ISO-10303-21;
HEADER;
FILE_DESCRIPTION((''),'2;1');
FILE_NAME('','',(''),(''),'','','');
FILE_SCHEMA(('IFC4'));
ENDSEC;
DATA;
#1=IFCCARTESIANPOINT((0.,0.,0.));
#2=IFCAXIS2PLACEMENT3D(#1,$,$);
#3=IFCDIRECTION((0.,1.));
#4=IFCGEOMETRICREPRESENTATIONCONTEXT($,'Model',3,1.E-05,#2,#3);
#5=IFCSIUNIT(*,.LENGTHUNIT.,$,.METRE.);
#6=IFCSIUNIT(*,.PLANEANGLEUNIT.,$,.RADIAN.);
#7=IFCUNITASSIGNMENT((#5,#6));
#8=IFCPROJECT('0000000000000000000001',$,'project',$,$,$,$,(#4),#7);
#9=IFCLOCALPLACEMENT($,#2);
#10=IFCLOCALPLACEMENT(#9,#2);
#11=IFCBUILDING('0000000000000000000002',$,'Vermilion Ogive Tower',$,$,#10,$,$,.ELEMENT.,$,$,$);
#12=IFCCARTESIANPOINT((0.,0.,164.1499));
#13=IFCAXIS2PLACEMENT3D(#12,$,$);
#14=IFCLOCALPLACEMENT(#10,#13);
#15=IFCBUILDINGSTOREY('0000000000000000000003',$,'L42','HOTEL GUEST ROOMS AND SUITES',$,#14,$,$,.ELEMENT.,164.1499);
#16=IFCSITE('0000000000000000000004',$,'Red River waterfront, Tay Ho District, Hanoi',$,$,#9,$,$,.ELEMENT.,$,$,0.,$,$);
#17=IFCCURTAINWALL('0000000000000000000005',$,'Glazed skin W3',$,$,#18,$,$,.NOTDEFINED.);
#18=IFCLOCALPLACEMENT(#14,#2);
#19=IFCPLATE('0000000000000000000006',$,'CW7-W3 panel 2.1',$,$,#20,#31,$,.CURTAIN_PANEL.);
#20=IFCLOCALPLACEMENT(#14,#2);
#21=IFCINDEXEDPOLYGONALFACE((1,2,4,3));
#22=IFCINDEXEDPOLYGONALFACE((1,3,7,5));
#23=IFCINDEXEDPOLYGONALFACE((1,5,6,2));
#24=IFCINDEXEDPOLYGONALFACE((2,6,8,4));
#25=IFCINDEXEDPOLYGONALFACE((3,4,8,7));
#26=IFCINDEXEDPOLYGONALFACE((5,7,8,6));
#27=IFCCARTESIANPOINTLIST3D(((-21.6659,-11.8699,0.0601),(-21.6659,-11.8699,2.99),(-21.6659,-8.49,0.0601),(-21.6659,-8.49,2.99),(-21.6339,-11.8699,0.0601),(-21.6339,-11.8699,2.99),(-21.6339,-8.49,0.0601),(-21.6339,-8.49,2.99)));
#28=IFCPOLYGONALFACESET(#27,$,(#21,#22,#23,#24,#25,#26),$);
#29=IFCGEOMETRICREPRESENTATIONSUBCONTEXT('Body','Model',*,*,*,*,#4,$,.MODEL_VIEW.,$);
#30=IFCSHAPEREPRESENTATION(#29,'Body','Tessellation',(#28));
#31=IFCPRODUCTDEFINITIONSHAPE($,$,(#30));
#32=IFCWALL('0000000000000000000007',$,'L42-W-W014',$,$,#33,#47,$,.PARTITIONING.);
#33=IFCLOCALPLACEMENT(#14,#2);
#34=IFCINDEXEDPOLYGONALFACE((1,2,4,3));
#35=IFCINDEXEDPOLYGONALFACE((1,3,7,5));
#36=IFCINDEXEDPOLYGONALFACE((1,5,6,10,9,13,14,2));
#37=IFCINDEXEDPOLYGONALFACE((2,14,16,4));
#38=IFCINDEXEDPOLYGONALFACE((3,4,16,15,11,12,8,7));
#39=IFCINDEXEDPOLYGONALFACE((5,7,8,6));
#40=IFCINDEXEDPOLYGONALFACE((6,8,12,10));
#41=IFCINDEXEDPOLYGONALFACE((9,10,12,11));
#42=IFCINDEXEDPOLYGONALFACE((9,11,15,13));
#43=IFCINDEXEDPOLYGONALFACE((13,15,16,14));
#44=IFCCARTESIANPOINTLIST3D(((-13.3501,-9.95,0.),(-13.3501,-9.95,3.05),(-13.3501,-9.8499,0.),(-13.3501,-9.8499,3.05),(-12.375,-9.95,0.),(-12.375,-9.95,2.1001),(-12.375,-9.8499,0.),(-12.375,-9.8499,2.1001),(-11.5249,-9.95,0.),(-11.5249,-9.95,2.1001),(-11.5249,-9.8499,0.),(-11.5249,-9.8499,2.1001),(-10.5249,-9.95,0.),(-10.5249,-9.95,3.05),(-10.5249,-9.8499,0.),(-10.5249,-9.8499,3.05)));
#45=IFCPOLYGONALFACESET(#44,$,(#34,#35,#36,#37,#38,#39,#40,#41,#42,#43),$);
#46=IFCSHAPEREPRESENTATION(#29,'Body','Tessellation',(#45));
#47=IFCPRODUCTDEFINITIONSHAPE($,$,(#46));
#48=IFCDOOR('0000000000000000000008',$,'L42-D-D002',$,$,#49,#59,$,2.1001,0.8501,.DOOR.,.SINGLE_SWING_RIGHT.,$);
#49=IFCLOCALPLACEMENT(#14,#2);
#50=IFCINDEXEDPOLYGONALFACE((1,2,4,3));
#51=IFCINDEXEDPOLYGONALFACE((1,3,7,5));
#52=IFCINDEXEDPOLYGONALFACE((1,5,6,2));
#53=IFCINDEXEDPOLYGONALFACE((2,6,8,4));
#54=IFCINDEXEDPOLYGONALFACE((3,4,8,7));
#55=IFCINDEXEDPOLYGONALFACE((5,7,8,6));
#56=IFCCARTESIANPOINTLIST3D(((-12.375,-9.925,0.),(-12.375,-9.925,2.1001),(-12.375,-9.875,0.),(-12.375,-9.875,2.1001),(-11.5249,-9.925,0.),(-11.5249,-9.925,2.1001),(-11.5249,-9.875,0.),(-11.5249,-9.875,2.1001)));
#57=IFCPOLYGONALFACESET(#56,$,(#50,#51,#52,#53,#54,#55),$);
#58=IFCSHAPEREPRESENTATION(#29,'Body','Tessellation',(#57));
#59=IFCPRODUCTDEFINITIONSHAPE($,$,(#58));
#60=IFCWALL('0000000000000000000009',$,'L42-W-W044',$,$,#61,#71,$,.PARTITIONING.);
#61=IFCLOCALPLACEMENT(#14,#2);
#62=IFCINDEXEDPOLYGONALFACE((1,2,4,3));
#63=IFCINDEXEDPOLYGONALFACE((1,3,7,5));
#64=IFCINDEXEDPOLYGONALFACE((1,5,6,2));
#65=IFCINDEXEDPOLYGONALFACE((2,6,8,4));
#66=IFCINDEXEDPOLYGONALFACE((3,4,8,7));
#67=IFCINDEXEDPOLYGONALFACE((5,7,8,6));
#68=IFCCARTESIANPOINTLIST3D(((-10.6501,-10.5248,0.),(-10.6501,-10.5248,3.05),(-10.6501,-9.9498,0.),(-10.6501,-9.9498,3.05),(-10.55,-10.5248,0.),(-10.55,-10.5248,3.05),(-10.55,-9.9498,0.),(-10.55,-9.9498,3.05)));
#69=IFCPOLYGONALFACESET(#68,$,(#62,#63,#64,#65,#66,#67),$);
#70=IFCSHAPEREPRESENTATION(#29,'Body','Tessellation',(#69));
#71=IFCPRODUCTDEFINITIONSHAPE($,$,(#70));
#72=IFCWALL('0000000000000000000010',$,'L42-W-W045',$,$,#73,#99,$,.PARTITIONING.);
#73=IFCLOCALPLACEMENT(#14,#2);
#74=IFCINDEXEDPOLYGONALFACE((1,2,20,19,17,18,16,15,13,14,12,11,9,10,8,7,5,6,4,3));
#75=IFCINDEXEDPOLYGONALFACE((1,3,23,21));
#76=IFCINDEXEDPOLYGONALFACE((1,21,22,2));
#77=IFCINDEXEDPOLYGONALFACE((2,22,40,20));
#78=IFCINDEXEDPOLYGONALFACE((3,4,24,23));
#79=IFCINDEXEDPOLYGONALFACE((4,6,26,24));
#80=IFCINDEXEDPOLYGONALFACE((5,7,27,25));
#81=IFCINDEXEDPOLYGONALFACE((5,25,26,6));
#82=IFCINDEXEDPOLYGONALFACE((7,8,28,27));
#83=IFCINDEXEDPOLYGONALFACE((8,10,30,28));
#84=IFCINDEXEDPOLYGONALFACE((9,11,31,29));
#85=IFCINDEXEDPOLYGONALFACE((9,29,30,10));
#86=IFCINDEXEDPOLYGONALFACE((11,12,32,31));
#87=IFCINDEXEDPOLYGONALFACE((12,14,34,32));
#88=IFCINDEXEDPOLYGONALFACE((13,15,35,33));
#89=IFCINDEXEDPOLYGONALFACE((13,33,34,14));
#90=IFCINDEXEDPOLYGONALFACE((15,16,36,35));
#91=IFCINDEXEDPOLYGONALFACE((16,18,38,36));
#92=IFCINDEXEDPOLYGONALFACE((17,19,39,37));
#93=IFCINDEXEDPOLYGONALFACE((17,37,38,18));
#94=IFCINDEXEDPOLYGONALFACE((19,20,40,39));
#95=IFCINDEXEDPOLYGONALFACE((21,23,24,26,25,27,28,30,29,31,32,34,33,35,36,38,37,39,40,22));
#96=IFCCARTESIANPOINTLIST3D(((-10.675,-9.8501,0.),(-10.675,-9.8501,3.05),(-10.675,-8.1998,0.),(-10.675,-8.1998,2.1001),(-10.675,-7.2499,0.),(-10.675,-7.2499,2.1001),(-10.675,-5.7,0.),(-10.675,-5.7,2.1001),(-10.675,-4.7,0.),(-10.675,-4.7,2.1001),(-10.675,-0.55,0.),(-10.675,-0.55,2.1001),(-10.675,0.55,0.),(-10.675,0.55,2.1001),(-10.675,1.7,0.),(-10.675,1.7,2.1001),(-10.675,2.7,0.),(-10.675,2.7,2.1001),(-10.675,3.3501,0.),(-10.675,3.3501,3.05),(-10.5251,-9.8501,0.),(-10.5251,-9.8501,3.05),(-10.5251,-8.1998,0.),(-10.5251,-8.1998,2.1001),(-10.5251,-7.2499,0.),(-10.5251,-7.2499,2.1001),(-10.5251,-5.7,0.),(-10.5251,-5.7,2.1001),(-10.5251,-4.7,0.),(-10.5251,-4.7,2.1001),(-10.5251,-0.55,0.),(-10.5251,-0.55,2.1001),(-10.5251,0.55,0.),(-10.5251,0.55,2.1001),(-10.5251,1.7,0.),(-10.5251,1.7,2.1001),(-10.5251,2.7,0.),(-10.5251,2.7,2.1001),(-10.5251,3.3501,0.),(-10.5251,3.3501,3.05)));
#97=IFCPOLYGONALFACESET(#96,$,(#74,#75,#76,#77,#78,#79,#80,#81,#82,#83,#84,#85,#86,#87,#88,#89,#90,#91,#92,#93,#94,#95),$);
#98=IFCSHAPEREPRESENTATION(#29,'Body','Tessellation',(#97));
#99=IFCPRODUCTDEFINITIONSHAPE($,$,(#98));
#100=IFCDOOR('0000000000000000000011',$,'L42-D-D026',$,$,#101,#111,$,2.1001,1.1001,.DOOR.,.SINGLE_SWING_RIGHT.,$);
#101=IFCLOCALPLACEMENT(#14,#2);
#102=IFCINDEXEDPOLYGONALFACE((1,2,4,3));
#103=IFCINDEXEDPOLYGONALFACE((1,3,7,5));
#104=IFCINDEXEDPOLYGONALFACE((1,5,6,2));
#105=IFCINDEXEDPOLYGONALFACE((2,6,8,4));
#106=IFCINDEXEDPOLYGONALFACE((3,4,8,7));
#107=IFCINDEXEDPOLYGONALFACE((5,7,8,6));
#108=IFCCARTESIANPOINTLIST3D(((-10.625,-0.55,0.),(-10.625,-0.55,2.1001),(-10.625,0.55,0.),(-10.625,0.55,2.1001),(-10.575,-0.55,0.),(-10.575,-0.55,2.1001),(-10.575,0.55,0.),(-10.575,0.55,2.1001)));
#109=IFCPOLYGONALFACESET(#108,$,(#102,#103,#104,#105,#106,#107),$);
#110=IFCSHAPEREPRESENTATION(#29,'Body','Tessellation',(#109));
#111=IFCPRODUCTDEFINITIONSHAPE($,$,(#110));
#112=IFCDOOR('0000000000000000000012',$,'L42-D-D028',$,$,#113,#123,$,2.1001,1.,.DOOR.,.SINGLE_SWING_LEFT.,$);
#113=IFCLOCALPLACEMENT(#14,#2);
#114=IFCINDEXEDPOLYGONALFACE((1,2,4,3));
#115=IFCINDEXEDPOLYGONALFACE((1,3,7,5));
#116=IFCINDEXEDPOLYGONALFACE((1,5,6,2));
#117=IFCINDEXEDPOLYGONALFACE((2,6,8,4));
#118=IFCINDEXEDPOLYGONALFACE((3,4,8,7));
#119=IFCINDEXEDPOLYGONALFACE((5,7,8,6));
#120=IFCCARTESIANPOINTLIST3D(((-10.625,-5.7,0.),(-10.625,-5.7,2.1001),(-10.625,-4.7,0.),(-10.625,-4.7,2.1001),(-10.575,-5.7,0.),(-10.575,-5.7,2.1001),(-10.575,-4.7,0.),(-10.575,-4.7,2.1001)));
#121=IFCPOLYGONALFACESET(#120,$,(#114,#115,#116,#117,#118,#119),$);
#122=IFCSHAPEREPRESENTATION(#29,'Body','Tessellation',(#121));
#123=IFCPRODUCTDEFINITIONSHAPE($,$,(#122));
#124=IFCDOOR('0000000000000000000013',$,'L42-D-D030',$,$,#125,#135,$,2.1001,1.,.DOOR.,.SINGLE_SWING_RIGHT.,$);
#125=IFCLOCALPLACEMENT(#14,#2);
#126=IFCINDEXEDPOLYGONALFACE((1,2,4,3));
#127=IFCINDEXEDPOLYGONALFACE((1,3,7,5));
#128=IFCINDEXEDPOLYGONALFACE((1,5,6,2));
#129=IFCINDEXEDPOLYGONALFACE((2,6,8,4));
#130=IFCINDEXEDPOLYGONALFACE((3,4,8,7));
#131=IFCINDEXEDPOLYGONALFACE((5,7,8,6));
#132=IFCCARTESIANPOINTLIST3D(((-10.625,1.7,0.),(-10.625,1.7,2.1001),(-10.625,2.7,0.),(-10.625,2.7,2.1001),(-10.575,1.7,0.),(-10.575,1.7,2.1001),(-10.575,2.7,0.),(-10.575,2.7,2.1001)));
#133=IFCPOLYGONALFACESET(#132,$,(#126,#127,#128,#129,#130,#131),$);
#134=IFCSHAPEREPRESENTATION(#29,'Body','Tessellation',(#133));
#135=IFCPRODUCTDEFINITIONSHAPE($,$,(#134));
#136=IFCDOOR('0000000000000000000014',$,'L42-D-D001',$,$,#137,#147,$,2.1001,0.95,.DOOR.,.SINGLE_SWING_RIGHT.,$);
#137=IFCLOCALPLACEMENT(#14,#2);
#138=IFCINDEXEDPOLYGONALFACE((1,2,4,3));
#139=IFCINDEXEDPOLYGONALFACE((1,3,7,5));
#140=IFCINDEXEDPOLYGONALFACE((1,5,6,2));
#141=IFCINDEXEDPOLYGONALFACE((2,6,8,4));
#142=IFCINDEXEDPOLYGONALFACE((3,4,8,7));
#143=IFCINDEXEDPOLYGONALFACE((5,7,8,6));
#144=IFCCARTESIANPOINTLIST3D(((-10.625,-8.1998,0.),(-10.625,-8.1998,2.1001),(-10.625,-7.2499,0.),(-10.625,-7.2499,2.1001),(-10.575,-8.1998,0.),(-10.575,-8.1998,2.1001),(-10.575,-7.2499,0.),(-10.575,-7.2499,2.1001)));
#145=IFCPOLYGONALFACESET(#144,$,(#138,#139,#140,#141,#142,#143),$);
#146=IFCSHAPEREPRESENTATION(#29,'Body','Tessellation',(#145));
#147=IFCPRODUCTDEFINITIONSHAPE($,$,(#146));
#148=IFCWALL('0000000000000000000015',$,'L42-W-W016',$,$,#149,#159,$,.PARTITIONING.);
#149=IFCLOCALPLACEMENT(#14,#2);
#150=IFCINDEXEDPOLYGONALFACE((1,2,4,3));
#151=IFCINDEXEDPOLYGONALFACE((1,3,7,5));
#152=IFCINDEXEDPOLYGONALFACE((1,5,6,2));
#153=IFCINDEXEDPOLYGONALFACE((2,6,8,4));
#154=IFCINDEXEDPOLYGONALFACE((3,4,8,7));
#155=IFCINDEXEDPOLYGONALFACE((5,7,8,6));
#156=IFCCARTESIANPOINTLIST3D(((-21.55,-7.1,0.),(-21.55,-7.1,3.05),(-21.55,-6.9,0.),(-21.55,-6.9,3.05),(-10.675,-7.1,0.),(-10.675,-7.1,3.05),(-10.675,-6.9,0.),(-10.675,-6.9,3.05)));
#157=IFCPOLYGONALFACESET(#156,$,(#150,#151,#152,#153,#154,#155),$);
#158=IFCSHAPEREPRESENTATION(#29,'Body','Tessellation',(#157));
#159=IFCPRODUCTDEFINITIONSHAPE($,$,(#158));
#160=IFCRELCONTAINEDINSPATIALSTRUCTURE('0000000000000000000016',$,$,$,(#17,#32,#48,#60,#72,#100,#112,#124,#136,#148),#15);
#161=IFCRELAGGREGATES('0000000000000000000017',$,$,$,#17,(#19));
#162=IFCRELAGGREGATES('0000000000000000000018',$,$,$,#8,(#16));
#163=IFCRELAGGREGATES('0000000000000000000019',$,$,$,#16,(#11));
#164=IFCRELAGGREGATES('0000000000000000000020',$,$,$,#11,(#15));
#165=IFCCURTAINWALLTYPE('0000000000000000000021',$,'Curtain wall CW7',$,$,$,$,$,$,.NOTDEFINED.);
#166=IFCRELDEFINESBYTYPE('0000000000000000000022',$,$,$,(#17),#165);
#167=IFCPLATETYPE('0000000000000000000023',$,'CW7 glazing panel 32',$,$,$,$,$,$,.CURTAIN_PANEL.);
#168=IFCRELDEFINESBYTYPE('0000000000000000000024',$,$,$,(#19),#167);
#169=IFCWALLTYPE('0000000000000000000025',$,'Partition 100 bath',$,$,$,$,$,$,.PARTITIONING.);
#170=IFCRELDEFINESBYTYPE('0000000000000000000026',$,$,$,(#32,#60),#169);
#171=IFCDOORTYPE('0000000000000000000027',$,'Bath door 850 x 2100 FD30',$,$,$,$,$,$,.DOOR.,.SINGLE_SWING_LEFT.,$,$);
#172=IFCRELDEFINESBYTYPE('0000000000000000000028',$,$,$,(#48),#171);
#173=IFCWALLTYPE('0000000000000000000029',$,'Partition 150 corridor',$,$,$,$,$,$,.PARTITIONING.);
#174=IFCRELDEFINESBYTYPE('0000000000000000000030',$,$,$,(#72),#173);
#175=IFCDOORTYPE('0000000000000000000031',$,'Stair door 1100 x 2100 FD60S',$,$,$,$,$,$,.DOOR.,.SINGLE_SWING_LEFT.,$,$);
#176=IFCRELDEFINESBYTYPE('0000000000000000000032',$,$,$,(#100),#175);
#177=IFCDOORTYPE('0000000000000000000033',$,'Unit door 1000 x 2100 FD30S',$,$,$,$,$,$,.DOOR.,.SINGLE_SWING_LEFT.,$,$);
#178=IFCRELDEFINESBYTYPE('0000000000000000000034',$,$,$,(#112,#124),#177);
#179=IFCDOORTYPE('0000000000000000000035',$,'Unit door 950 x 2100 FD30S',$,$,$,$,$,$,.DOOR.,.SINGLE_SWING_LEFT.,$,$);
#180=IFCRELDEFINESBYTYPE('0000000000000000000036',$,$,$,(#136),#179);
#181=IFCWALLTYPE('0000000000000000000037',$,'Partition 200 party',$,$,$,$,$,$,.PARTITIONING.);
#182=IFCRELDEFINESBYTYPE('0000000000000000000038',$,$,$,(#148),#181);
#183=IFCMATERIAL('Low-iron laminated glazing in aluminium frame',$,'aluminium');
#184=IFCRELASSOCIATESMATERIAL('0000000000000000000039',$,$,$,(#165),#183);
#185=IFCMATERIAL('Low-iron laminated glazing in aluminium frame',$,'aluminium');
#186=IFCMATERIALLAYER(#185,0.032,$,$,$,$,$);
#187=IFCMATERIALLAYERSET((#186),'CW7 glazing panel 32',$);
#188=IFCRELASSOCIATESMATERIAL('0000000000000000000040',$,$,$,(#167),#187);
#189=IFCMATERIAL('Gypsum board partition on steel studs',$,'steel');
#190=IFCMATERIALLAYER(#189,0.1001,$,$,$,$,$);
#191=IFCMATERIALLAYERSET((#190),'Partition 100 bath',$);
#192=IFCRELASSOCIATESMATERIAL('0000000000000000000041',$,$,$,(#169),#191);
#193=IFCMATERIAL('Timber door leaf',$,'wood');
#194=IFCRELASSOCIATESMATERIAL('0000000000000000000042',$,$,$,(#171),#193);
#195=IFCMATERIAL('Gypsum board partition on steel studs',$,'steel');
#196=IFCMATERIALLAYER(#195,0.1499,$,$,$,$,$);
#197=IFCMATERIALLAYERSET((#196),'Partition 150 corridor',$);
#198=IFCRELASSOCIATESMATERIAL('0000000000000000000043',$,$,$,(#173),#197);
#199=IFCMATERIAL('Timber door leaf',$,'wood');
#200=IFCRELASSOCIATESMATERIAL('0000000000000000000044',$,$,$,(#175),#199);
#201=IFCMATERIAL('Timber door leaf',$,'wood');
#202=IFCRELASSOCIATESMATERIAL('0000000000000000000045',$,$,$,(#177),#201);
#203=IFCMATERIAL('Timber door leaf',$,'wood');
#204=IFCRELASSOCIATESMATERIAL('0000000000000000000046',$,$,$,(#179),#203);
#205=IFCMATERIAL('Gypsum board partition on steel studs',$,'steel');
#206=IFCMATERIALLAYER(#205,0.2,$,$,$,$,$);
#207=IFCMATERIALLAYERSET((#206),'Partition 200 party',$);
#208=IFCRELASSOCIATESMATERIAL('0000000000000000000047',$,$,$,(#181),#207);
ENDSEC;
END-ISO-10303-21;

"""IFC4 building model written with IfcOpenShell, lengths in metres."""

from ifc_helpers import new_model, si_unit, direction, frame, frame_2d, origin, origin_2d, place, context, subcontext, project, spatial, rectangle, extrude, material, layer, layer_set, type_object, element, fill, aggregate, save


model = new_model("IFC4")

# Units and contexts
model_context = context("Model", 3, precision=1e-05, world=origin(), true_north=direction((0.0, 1.0)))
body_context = subcontext(model_context, "Body", "Model", "MODEL_VIEW")
ifc_project = project(units=[si_unit("LENGTHUNIT", "METRE"), si_unit("PLANEANGLEUNIT", "RADIAN")], contexts=[model_context])

# Site, building, storey
site_placement = place(None, origin())
site = spatial("IfcSite", under=ifc_project, at=site_placement, Name="Red River waterfront, Tay Ho District, Hanoi", CompositionType="ELEMENT", RefElevation=0.0)
building_placement = place(site_placement, origin())
building = spatial("IfcBuilding", under=site, at=building_placement, Name="Vermilion Ogive Tower", CompositionType="ELEMENT")
storey_placement = place(building_placement, frame((0.0, 0.0, 164.1499)))
storey = spatial("IfcBuildingStorey", under=building, at=storey_placement, Name="L42", Description="HOTEL GUEST ROOMS AND SUITES", CompositionType="ELEMENT", Elevation=164.1499)

# Curtain wall
ifc_material_1 = material(Name="Low-iron laminated glazing in aluminium frame", Category="aluminium")
curtain_wall_type = type_object("IfcCurtainWallType", Name="Curtain wall CW7", PredefinedType="NOTDEFINED", material=ifc_material_1)
curtain_wall_1_placement = place(storey_placement, origin())
curtain_wall_1 = element("IfcCurtainWall", 1, at=curtain_wall_1_placement, inside=storey, type_object=curtain_wall_type, Name="Glazed skin W3", PredefinedType="NOTDEFINED")

# Plate
ifc_material_2 = material(Name="Low-iron laminated glazing in aluminium frame", Category="aluminium")
ifc_layer_1 = layer(ifc_material_2, 0.032)
ifc_layer_set_1 = layer_set([ifc_layer_1], Name="CW7 glazing panel 32")
plate_type = type_object("IfcPlateType", Name="CW7 glazing panel 32", PredefinedType="CURTAIN_PANEL", material=ifc_layer_set_1)
plate_1_placement = place(storey_placement, frame((-21.6499, -10.1799, 0.0601), z_axis=(0.0, 0.0, 1.0), x_axis=(0.0, -1.0, 0.0)))
plate_1 = element("IfcPlate", 2, at=plate_1_placement, type_object=plate_type, Name="CW7-W3 panel 2.1", PredefinedType="CURTAIN_PANEL", context=body_context, shape_type="SweptSolid", body=[
    extrude(rectangle(XDim=3.3799, YDim=0.032, at=origin_2d()), origin(), (0.0, 0.0, 1.0), 2.9299),
])
aggregate(curtain_wall_1, [plate_1])

# Wall, opening, door
ifc_material_3 = material(Name="Gypsum board partition on steel studs", Category="steel")
ifc_layer_2 = layer(ifc_material_3, 0.1001)
ifc_layer_set_2 = layer_set([ifc_layer_2], Name="Partition 100 bath")
wall_type_1 = type_object("IfcWallType", Name="Partition 100 bath", PredefinedType="PARTITIONING", material=ifc_layer_set_2)
wall_1_placement = place(storey_placement, frame((-13.3501, -9.8999, 0.0), z_axis=(0.0, 0.0, 1.0), x_axis=(1.0, 0.0, 0.0)))
wall_1 = element("IfcWall", 3, at=wall_1_placement, inside=storey, type_object=wall_type_1, Name="L42-W-W014", PredefinedType="PARTITIONING", context=body_context, shape_type="SweptSolid", body=[
    extrude(rectangle(XDim=2.8252, YDim=0.1001, at=frame_2d((1.4126, 0.0))), origin(), (0.0, 0.0, 1.0), 3.05),
])
opening_1_placement = place(wall_1_placement, frame((0.9751, 0.0, 0.0)))
opening_1 = element("IfcOpeningElement", 4, at=opening_1_placement, cuts=wall_1, PredefinedType="OPENING", context=body_context, shape_type="SweptSolid", body=[
    extrude(rectangle(XDim=0.8501, YDim=2.1001, at=frame_2d((0.425, 1.05))), frame((0.0, 0.0601, 0.0), z_axis=(0.0, -1.0, 0.0), x_axis=(1.0, 0.0, 0.0)), (0.0, 0.0, 1.0), 0.1201),
])
ifc_material_4 = material(Name="Timber door leaf", Category="wood")
door_type_1 = type_object("IfcDoorType", Name="Bath door 850 x 2100 FD30", OperationType="SINGLE_SWING_LEFT", PredefinedType="DOOR", material=ifc_material_4)
door_1_placement = place(opening_1_placement, origin())
door_1 = element("IfcDoor", 5, at=door_1_placement, inside=storey, type_object=door_type_1, Name="L42-D-D002", OperationType="SINGLE_SWING_RIGHT", OverallHeight=2.1001, OverallWidth=0.8501, PredefinedType="DOOR", context=body_context, shape_type="SweptSolid", body=[
    extrude(rectangle(XDim=0.8501, YDim=2.1001, at=frame_2d((0.425, 1.05))), frame((0.0, 0.0249, 0.0), z_axis=(0.0, -1.0, 0.0), x_axis=(1.0, 0.0, 0.0)), (0.0, 0.0, 1.0), 0.05),
])
fill(opening_1, door_1)

# Wall
wall_2_placement = place(storey_placement, frame((-10.6001, -10.5249, 0.0), z_axis=(0.0, 0.0, 1.0), x_axis=(0.0, 1.0, 0.0)))
element("IfcWall", 6, at=wall_2_placement, inside=storey, type_object=wall_type_1, Name="L42-W-W044", PredefinedType="PARTITIONING", context=body_context, shape_type="SweptSolid", body=[
    extrude(rectangle(XDim=0.575, YDim=0.1001, at=frame_2d((0.2876, 0.0))), origin(), (0.0, 0.0, 1.0), 3.05),
])

# Wall, openings, doors
ifc_material_5 = material(Name="Gypsum board partition on steel studs", Category="steel")
ifc_layer_3 = layer(ifc_material_5, 0.1499)
ifc_layer_set_3 = layer_set([ifc_layer_3], Name="Partition 150 corridor")
wall_type_2 = type_object("IfcWallType", Name="Partition 150 corridor", PredefinedType="PARTITIONING", material=ifc_layer_set_3)
wall_3_placement = place(storey_placement, frame((-10.6001, -9.8501, 0.0), z_axis=(0.0, 0.0, 1.0), x_axis=(0.0, 1.0, 0.0)))
wall_3 = element("IfcWall", 7, at=wall_3_placement, inside=storey, type_object=wall_type_2, Name="L42-W-W045", PredefinedType="PARTITIONING", context=body_context, shape_type="SweptSolid", body=[
    extrude(rectangle(XDim=13.2002, YDim=0.1499, at=frame_2d((6.6001, 0.0))), origin(), (0.0, 0.0, 1.0), 3.05),
])
opening_2_placement = place(wall_3_placement, frame((1.6501, 0.0, 0.0)))
opening_2 = element("IfcOpeningElement", 8, at=opening_2_placement, cuts=wall_3, PredefinedType="OPENING", context=body_context, shape_type="SweptSolid", body=[
    extrude(rectangle(XDim=0.95, YDim=2.1001, at=frame_2d((0.4751, 1.05))), frame((0.0, 0.085, 0.0), z_axis=(0.0, -1.0, 0.0), x_axis=(1.0, 0.0, 0.0)), (0.0, 0.0, 1.0), 0.1699),
])
opening_3_placement = place(wall_3_placement, frame((9.3, 0.0, 0.0)))
opening_3 = element("IfcOpeningElement", 9, at=opening_3_placement, cuts=wall_3, PredefinedType="OPENING", context=body_context, shape_type="SweptSolid", body=[
    extrude(rectangle(XDim=1.1001, YDim=2.1001, at=frame_2d((0.55, 1.05))), frame((0.0, 0.085, 0.0), z_axis=(0.0, -1.0, 0.0), x_axis=(1.0, 0.0, 0.0)), (0.0, 0.0, 1.0), 0.1699),
])
opening_4_placement = place(wall_3_placement, frame((4.1501, 0.0, 0.0)))
opening_4 = element("IfcOpeningElement", 10, at=opening_4_placement, cuts=wall_3, PredefinedType="OPENING", context=body_context, shape_type="SweptSolid", body=[
    extrude(rectangle(XDim=1.0, YDim=2.1001, at=frame_2d((0.5, 1.05))), frame((0.0, 0.085, 0.0), z_axis=(0.0, -1.0, 0.0), x_axis=(1.0, 0.0, 0.0)), (0.0, 0.0, 1.0), 0.1699),
])
opening_5_placement = place(wall_3_placement, frame((11.55, 0.0, 0.0)))
opening_5 = element("IfcOpeningElement", 11, at=opening_5_placement, cuts=wall_3, PredefinedType="OPENING", context=body_context, shape_type="SweptSolid", body=[
    extrude(rectangle(XDim=1.0, YDim=2.1001, at=frame_2d((0.5, 1.05))), frame((0.0, 0.085, 0.0), z_axis=(0.0, -1.0, 0.0), x_axis=(1.0, 0.0, 0.0)), (0.0, 0.0, 1.0), 0.1699),
])
ifc_material_6 = material(Name="Timber door leaf", Category="wood")
door_type_2 = type_object("IfcDoorType", Name="Stair door 1100 x 2100 FD60S", OperationType="SINGLE_SWING_LEFT", PredefinedType="DOOR", material=ifc_material_6)
door_2_placement = place(opening_3_placement, origin())
door_2 = element("IfcDoor", 12, at=door_2_placement, inside=storey, type_object=door_type_2, Name="L42-D-D026", OperationType="SINGLE_SWING_RIGHT", OverallHeight=2.1001, OverallWidth=1.1001, PredefinedType="DOOR", context=body_context, shape_type="SweptSolid", body=[
    extrude(rectangle(XDim=1.1001, YDim=2.1001, at=frame_2d((0.55, 1.05))), frame((0.0, 0.0249, 0.0), z_axis=(0.0, -1.0, 0.0), x_axis=(1.0, 0.0, 0.0)), (0.0, 0.0, 1.0), 0.05),
])
fill(opening_3, door_2)
ifc_material_7 = material(Name="Timber door leaf", Category="wood")
door_type_3 = type_object("IfcDoorType", Name="Unit door 1000 x 2100 FD30S", OperationType="SINGLE_SWING_LEFT", PredefinedType="DOOR", material=ifc_material_7)
door_3_placement = place(opening_4_placement, origin())
door_3 = element("IfcDoor", 13, at=door_3_placement, inside=storey, type_object=door_type_3, Name="L42-D-D028", OperationType="SINGLE_SWING_LEFT", OverallHeight=2.1001, OverallWidth=1.0, PredefinedType="DOOR", context=body_context, shape_type="SweptSolid", body=[
    extrude(rectangle(XDim=1.0, YDim=2.1001, at=frame_2d((0.5, 1.05))), frame((0.0, 0.0249, 0.0), z_axis=(0.0, -1.0, 0.0), x_axis=(1.0, 0.0, 0.0)), (0.0, 0.0, 1.0), 0.05),
])
fill(opening_4, door_3)
door_4_placement = place(opening_5_placement, origin())
door_4 = element("IfcDoor", 14, at=door_4_placement, inside=storey, type_object=door_type_3, Name="L42-D-D030", OperationType="SINGLE_SWING_RIGHT", OverallHeight=2.1001, OverallWidth=1.0, PredefinedType="DOOR", context=body_context, shape_type="SweptSolid", body=[
    extrude(rectangle(XDim=1.0, YDim=2.1001, at=frame_2d((0.5, 1.05))), frame((0.0, 0.0249, 0.0), z_axis=(0.0, -1.0, 0.0), x_axis=(1.0, 0.0, 0.0)), (0.0, 0.0, 1.0), 0.05),
])
fill(opening_5, door_4)
ifc_material_8 = material(Name="Timber door leaf", Category="wood")
door_type_4 = type_object("IfcDoorType", Name="Unit door 950 x 2100 FD30S", OperationType="SINGLE_SWING_LEFT", PredefinedType="DOOR", material=ifc_material_8)
door_5_placement = place(opening_2_placement, origin())
door_5 = element("IfcDoor", 15, at=door_5_placement, inside=storey, type_object=door_type_4, Name="L42-D-D001", OperationType="SINGLE_SWING_RIGHT", OverallHeight=2.1001, OverallWidth=0.95, PredefinedType="DOOR", context=body_context, shape_type="SweptSolid", body=[
    extrude(rectangle(XDim=0.95, YDim=2.1001, at=frame_2d((0.4751, 1.05))), frame((0.0, 0.0249, 0.0), z_axis=(0.0, -1.0, 0.0), x_axis=(1.0, 0.0, 0.0)), (0.0, 0.0, 1.0), 0.05),
])
fill(opening_2, door_5)

# Wall
ifc_material_9 = material(Name="Gypsum board partition on steel studs", Category="steel")
ifc_layer_4 = layer(ifc_material_9, 0.2)
ifc_layer_set_4 = layer_set([ifc_layer_4], Name="Partition 200 party")
wall_type_3 = type_object("IfcWallType", Name="Partition 200 party", PredefinedType="PARTITIONING", material=ifc_layer_set_4)
wall_4_placement = place(storey_placement, frame((-21.55, -7.0, 0.0), z_axis=(0.0, 0.0, 1.0), x_axis=(1.0, 0.0, 0.0)))
element("IfcWall", 16, at=wall_4_placement, inside=storey, type_object=wall_type_3, Name="L42-W-W016", PredefinedType="PARTITIONING", context=body_context, shape_type="SweptSolid", body=[
    extrude(rectangle(XDim=10.875, YDim=0.2, at=frame_2d((5.4375, 0.0))), origin(), (0.0, 0.0, 1.0), 3.05),
])

save(model, "model.ifc")
